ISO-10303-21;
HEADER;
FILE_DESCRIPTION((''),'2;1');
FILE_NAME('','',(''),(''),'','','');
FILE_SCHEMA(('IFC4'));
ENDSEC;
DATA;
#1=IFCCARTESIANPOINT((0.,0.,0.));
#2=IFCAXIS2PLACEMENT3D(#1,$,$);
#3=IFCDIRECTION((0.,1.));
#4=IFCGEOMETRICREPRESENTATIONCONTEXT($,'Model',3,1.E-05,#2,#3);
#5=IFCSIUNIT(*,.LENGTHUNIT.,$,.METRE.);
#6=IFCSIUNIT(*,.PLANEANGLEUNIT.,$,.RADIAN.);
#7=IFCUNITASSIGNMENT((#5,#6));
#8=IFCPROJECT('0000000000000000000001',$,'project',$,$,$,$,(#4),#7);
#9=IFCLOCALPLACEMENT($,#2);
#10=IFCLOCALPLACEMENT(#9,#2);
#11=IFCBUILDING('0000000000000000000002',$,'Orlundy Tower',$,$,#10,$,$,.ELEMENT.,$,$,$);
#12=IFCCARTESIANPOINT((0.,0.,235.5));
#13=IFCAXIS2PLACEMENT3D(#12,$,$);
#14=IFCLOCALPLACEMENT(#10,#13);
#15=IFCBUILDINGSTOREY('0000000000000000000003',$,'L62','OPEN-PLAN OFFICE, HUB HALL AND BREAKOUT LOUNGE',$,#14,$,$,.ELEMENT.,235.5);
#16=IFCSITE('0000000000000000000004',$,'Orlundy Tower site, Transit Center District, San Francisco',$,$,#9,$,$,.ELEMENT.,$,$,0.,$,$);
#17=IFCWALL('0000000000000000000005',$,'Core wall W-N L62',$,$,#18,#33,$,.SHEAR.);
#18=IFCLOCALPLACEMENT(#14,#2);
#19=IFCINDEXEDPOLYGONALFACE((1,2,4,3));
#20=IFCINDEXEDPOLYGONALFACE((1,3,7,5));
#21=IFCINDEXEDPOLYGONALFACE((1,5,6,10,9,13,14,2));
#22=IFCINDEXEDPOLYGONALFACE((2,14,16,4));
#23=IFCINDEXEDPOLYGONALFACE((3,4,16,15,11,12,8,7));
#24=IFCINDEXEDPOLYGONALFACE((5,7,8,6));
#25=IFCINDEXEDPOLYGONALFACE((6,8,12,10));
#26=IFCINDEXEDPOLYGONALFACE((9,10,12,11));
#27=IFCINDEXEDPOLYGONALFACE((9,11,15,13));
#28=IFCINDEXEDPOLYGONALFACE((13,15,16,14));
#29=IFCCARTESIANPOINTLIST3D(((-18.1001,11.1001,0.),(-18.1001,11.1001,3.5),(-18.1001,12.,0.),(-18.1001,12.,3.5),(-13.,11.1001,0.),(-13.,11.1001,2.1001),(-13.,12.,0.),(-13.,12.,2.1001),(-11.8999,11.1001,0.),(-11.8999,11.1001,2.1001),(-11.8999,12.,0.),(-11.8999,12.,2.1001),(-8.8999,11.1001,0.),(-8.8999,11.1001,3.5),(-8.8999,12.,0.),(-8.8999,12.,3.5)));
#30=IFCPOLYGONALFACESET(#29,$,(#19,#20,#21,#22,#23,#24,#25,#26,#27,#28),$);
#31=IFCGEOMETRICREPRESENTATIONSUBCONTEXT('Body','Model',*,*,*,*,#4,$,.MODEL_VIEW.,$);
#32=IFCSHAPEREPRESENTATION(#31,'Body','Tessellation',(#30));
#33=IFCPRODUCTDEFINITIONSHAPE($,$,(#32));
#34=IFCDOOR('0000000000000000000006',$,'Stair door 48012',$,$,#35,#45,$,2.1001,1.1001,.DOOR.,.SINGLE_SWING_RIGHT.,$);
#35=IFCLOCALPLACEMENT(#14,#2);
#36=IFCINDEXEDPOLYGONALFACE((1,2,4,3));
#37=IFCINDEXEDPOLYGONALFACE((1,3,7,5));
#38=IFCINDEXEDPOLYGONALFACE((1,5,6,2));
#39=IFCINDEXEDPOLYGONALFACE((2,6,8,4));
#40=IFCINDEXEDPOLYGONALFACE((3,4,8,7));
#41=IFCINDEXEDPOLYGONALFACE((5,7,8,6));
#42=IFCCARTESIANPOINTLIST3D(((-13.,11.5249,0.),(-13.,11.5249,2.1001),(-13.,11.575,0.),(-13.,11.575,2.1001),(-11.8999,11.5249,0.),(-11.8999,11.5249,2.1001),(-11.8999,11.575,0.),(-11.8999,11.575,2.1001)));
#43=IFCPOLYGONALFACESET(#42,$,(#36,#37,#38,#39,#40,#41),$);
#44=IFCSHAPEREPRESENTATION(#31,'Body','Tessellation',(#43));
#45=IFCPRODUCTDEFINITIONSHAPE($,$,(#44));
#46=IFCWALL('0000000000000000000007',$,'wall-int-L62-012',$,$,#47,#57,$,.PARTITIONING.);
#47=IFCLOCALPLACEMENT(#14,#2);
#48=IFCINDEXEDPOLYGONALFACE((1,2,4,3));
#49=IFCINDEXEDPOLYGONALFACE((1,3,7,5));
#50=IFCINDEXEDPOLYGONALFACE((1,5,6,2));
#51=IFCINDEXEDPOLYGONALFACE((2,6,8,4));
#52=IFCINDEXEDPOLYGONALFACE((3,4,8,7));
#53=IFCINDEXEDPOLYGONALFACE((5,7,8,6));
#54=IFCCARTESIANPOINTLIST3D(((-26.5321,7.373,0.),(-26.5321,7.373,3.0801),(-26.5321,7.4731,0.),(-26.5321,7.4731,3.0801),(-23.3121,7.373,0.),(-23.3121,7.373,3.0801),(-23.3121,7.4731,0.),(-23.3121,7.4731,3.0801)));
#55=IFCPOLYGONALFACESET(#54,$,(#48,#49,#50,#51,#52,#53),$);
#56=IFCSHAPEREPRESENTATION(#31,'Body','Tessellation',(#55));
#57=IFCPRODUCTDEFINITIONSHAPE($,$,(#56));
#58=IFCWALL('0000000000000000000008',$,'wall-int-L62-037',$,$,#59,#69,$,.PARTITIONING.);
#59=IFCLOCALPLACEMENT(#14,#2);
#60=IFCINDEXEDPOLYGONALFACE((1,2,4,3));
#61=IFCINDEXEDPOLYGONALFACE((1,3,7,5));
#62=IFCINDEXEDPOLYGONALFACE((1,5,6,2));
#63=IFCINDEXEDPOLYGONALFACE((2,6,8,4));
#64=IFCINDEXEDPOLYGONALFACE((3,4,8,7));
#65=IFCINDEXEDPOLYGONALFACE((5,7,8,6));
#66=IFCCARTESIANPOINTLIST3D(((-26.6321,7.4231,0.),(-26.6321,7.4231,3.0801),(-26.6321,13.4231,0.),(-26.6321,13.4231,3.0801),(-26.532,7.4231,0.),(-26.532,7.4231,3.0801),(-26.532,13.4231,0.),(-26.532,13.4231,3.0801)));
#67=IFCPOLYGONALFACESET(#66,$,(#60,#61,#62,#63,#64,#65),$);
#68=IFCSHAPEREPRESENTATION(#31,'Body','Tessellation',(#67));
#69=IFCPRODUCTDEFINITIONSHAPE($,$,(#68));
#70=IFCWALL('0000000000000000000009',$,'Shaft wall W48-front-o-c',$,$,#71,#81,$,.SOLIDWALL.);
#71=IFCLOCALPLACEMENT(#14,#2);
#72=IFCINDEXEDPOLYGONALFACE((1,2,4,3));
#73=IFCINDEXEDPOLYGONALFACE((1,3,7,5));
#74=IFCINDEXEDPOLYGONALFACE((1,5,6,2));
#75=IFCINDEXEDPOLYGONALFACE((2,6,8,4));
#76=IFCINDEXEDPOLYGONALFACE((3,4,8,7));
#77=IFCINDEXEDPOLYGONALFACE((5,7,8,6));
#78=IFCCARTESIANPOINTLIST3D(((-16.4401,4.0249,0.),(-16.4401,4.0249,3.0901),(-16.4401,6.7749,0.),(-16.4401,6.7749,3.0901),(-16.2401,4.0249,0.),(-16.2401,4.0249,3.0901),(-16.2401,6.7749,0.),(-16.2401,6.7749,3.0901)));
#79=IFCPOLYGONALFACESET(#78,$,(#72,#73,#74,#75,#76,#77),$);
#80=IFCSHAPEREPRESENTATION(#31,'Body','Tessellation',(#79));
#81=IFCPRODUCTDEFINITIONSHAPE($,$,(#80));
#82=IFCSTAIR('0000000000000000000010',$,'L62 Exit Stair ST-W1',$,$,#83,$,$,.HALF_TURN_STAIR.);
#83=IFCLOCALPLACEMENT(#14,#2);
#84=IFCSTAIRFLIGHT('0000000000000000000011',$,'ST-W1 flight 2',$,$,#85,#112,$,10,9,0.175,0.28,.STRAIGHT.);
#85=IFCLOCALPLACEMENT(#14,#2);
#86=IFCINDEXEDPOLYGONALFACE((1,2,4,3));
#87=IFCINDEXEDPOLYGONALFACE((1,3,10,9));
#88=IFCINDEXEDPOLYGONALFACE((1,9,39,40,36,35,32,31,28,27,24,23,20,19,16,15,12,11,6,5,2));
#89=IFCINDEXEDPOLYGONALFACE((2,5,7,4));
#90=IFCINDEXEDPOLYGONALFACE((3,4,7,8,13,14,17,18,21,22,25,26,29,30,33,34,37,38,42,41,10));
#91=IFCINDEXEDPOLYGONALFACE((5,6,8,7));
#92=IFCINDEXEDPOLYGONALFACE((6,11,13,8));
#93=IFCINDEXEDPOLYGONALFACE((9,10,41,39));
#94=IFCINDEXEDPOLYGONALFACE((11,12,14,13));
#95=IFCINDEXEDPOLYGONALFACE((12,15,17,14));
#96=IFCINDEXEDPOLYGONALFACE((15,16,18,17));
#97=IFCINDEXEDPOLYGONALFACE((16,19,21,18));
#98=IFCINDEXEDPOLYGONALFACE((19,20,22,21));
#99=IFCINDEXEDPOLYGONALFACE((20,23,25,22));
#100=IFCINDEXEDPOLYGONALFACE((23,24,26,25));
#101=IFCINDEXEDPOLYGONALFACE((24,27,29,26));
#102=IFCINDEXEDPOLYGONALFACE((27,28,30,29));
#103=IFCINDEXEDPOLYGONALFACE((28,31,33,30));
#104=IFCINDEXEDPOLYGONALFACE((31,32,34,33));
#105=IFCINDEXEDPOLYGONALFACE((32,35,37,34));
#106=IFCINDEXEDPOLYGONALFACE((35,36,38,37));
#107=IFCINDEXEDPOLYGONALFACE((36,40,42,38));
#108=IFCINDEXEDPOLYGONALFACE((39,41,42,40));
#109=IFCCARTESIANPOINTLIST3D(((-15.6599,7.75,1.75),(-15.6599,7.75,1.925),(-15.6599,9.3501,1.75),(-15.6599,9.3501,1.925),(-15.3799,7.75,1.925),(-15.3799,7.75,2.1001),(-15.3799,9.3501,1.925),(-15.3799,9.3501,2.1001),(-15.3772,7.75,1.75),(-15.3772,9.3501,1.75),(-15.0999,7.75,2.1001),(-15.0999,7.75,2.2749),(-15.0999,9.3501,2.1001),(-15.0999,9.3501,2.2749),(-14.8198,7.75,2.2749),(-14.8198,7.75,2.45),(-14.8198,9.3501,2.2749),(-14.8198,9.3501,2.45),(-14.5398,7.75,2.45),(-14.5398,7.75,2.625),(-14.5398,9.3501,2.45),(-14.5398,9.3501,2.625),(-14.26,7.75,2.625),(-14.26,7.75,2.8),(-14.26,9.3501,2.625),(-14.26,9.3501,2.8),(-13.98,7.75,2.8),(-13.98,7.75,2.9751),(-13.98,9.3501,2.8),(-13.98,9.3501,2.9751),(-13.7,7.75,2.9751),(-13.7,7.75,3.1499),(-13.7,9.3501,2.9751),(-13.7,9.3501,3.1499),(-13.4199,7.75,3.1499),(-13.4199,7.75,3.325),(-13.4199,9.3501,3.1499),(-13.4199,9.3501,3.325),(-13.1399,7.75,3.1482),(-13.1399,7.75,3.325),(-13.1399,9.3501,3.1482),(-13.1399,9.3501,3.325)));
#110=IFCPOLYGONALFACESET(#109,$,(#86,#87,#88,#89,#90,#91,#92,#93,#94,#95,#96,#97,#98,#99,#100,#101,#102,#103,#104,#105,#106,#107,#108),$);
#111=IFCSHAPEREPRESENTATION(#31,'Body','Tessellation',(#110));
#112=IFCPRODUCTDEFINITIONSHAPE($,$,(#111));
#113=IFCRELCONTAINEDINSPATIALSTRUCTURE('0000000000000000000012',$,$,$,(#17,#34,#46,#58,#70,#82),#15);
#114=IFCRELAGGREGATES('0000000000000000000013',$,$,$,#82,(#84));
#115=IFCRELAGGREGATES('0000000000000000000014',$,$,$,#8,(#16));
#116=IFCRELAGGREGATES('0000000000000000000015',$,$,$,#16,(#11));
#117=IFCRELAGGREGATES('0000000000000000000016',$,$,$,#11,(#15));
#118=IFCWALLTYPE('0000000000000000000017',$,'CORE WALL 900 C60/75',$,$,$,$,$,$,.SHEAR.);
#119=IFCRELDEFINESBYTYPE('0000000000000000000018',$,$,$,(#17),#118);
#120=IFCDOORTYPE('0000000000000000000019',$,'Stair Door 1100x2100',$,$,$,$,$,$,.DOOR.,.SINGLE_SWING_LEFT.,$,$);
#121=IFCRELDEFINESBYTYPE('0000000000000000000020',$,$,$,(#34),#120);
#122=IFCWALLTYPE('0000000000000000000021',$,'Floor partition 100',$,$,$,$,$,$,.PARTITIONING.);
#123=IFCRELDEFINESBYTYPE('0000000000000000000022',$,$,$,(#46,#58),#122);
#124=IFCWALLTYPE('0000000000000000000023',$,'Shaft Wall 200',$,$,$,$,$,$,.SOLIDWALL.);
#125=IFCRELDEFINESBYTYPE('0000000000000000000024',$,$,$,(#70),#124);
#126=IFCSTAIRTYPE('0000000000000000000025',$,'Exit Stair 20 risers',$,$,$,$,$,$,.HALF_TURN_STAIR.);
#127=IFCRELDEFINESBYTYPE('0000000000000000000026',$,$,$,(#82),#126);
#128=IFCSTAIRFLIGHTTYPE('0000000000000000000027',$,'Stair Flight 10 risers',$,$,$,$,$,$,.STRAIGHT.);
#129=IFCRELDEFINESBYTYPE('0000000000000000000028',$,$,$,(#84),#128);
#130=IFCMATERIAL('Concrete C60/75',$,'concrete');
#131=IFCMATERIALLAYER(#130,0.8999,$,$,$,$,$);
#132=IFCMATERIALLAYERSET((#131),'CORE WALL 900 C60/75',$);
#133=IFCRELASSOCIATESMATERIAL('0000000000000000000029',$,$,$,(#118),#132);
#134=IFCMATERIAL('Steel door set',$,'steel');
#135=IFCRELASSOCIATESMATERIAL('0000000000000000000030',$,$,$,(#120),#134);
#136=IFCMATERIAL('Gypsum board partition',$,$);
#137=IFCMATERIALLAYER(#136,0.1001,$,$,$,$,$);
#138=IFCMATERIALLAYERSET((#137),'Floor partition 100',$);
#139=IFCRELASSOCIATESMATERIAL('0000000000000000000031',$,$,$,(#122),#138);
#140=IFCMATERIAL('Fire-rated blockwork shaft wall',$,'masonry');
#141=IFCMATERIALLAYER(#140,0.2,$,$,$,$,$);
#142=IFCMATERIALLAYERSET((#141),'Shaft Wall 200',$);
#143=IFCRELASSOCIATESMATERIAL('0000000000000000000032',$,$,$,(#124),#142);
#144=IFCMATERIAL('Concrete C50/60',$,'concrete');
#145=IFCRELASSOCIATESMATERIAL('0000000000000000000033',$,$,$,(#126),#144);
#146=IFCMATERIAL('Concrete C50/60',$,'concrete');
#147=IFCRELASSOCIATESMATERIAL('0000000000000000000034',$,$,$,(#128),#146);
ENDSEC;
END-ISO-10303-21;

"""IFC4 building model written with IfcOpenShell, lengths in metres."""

from ifc_helpers import new_model, si_unit, direction, frame, frame_2d, origin, place, context, subcontext, project, spatial, polyline, rectangle, outline, extrude, material, layer, layer_set, type_object, element, fill, aggregate, save


model = new_model("IFC4")

# Units and contexts
model_context = context("Model", 3, precision=1e-05, world=origin(), true_north=direction((0.0, 1.0)))
body_context = subcontext(model_context, "Body", "Model", "MODEL_VIEW")
ifc_project = project(units=[si_unit("LENGTHUNIT", "METRE"), si_unit("PLANEANGLEUNIT", "RADIAN")], contexts=[model_context])

# Site, building, storey
site_placement = place(None, origin())
site = spatial("IfcSite", under=ifc_project, at=site_placement, Name="Orlundy Tower site, Transit Center District, San Francisco", CompositionType="ELEMENT", RefElevation=0.0)
building_placement = place(site_placement, origin())
building = spatial("IfcBuilding", under=site, at=building_placement, Name="Orlundy Tower", CompositionType="ELEMENT")
storey_placement = place(building_placement, frame((0.0, 0.0, 235.5)))
storey = spatial("IfcBuildingStorey", under=building, at=storey_placement, Name="L62", Description="OPEN-PLAN OFFICE, HUB HALL AND BREAKOUT LOUNGE", CompositionType="ELEMENT", Elevation=235.5)

# Wall, opening, door
ifc_material_1 = material(Name="Concrete C60/75", Category="concrete")
ifc_layer_1 = layer(ifc_material_1, 0.8999)
ifc_layer_set_1 = layer_set([ifc_layer_1], Name="CORE WALL 900 C60/75")
wall_type_1 = type_object("IfcWallType", Name="CORE WALL 900 C60/75", PredefinedType="SHEAR", material=ifc_layer_set_1)
wall_1_placement = place(storey_placement, frame((-18.1001, 11.55, 0.0), z_axis=(0.0, 0.0, 1.0), x_axis=(1.0, 0.0, 0.0)))
wall_1 = element("IfcWall", 1, at=wall_1_placement, inside=storey, type_object=wall_type_1, Name="Core wall W-N L62", PredefinedType="SHEAR", context=body_context, shape_type="SweptSolid", body=[
    extrude(rectangle(XDim=9.2002, YDim=0.8999, at=frame_2d((4.6001, 0.0))), origin(), (0.0, 0.0, 1.0), 3.5),
])
opening_placement = place(wall_1_placement, frame((5.1001, 0.0, 0.0)))
opening = element("IfcOpeningElement", 2, at=opening_placement, cuts=wall_1, PredefinedType="OPENING", context=body_context, shape_type="SweptSolid", body=[
    extrude(rectangle(XDim=1.1001, YDim=2.1001, at=frame_2d((0.55, 1.05))), frame((0.0, 0.46, 0.0), z_axis=(0.0, -1.0, 0.0), x_axis=(1.0, 0.0, 0.0)), (0.0, 0.0, 1.0), 0.9199),
])
ifc_material_2 = material(Name="Steel door set", Category="steel")
door_type = type_object("IfcDoorType", Name="Stair Door 1100x2100", OperationType="SINGLE_SWING_LEFT", PredefinedType="DOOR", material=ifc_material_2)
door_placement = place(opening_placement, origin())
door = element("IfcDoor", 3, at=door_placement, inside=storey, type_object=door_type, Name="Stair door 48012", OperationType="SINGLE_SWING_RIGHT", OverallHeight=2.1001, OverallWidth=1.1001, PredefinedType="DOOR", context=body_context, shape_type="SweptSolid", body=[
    extrude(rectangle(XDim=1.1001, YDim=2.1001, at=frame_2d((0.55, 1.05))), frame((0.0, 0.0249, 0.0), z_axis=(0.0, -1.0, 0.0), x_axis=(1.0, 0.0, 0.0)), (0.0, 0.0, 1.0), 0.05),
])
fill(opening, door)

# Walls
ifc_material_3 = material(Name="Gypsum board partition")
ifc_layer_2 = layer(ifc_material_3, 0.1001)
ifc_layer_set_2 = layer_set([ifc_layer_2], Name="Floor partition 100")
wall_type_2 = type_object("IfcWallType", Name="Floor partition 100", PredefinedType="PARTITIONING", material=ifc_layer_set_2)
wall_2_placement = place(storey_placement, frame((-26.532, 7.4231, 0.0), z_axis=(0.0, 0.0, 1.0), x_axis=(1.0, 0.0, 0.0)))
element("IfcWall", 4, at=wall_2_placement, inside=storey, type_object=wall_type_2, Name="wall-int-L62-012", PredefinedType="PARTITIONING", context=body_context, shape_type="SweptSolid", body=[
    extrude(rectangle(XDim=3.22, YDim=0.1001, at=frame_2d((1.6099, 0.0))), origin(), (0.0, 0.0, 1.0), 3.0801),
])
wall_3_placement = place(storey_placement, frame((-26.582, 7.4231, 0.0), z_axis=(0.0, 0.0, 1.0), x_axis=(0.0, 1.0, 0.0)))
element("IfcWall", 5, at=wall_3_placement, inside=storey, type_object=wall_type_2, Name="wall-int-L62-037", PredefinedType="PARTITIONING", context=body_context, shape_type="SweptSolid", body=[
    extrude(rectangle(XDim=6.0, YDim=0.1001, at=frame_2d((3.0, 0.0))), origin(), (0.0, 0.0, 1.0), 3.0801),
])
ifc_material_4 = material(Name="Fire-rated blockwork shaft wall", Category="masonry")
ifc_layer_3 = layer(ifc_material_4, 0.2)
ifc_layer_set_3 = layer_set([ifc_layer_3], Name="Shaft Wall 200")
wall_type_3 = type_object("IfcWallType", Name="Shaft Wall 200", PredefinedType="SOLIDWALL", material=ifc_layer_set_3)
wall_4_placement = place(storey_placement, frame((-16.3401, 4.0249, 0.0), z_axis=(0.0, 0.0, 1.0), x_axis=(0.0, 1.0, 0.0)))
element("IfcWall", 6, at=wall_4_placement, inside=storey, type_object=wall_type_3, Name="Shaft wall W48-front-o-c", PredefinedType="SOLIDWALL", context=body_context, shape_type="SweptSolid", body=[
    extrude(rectangle(XDim=2.75, YDim=0.2, at=frame_2d((1.375, 0.0))), origin(), (0.0, 0.0, 1.0), 3.0901),
])

# Stair, stair flight
ifc_material_5 = material(Name="Concrete C50/60", Category="concrete")
stair_type = type_object("IfcStairType", Name="Exit Stair 20 risers", PredefinedType="HALF_TURN_STAIR", material=ifc_material_5)
stair_placement = place(storey_placement, origin())
stair = element("IfcStair", 7, at=stair_placement, inside=storey, type_object=stair_type, Name="L62 Exit Stair ST-W1", PredefinedType="HALF_TURN_STAIR")
ifc_material_6 = material(Name="Concrete C50/60", Category="concrete")
stair_flight_type = type_object("IfcStairFlightType", Name="Stair Flight 10 risers", PredefinedType="STRAIGHT", material=ifc_material_6)
stair_flight_placement = place(storey_placement, frame((-15.6599, 8.55, 1.75), z_axis=(0.0, 0.0, 1.0), x_axis=(1.0, 0.0, 0.0)))
stair_flight = element("IfcStairFlight", 8, at=stair_flight_placement, type_object=stair_flight_type, Name="ST-W1 flight 2", NumberOfRisers=10, NumberOfTreads=9, PredefinedType="STRAIGHT", RiserHeight=0.175, TreadLength=0.28, context=body_context, shape_type="SweptSolid", body=[
    extrude(outline(polyline([(0.0, 0.0), (0.0, 0.175), (0.28, 0.175), (0.28, 0.3501), (0.5601, 0.3501), (0.5601, 0.5249), (0.8401, 0.5249), (0.8401, 0.7), (1.1201, 0.7), (1.1201, 0.875), (1.3999, 0.875), (1.3999, 1.05), (1.6799, 1.05), (1.6799, 1.2251), (1.96, 1.2251), (1.96, 1.3999), (2.24, 1.3999), (2.24, 1.575), (2.52, 1.575), (2.52, 1.75), (2.52, 1.3982), (0.2827, 0.0), (0.0, 0.0)])), frame((0.0, 0.8, 0.0), z_axis=(0.0, -1.0, 0.0), x_axis=(1.0, 0.0, 0.0)), (0.0, 0.0, 1.0), 1.6001),
])
aggregate(stair, [stair_flight])

save(model, "model.ifc")
